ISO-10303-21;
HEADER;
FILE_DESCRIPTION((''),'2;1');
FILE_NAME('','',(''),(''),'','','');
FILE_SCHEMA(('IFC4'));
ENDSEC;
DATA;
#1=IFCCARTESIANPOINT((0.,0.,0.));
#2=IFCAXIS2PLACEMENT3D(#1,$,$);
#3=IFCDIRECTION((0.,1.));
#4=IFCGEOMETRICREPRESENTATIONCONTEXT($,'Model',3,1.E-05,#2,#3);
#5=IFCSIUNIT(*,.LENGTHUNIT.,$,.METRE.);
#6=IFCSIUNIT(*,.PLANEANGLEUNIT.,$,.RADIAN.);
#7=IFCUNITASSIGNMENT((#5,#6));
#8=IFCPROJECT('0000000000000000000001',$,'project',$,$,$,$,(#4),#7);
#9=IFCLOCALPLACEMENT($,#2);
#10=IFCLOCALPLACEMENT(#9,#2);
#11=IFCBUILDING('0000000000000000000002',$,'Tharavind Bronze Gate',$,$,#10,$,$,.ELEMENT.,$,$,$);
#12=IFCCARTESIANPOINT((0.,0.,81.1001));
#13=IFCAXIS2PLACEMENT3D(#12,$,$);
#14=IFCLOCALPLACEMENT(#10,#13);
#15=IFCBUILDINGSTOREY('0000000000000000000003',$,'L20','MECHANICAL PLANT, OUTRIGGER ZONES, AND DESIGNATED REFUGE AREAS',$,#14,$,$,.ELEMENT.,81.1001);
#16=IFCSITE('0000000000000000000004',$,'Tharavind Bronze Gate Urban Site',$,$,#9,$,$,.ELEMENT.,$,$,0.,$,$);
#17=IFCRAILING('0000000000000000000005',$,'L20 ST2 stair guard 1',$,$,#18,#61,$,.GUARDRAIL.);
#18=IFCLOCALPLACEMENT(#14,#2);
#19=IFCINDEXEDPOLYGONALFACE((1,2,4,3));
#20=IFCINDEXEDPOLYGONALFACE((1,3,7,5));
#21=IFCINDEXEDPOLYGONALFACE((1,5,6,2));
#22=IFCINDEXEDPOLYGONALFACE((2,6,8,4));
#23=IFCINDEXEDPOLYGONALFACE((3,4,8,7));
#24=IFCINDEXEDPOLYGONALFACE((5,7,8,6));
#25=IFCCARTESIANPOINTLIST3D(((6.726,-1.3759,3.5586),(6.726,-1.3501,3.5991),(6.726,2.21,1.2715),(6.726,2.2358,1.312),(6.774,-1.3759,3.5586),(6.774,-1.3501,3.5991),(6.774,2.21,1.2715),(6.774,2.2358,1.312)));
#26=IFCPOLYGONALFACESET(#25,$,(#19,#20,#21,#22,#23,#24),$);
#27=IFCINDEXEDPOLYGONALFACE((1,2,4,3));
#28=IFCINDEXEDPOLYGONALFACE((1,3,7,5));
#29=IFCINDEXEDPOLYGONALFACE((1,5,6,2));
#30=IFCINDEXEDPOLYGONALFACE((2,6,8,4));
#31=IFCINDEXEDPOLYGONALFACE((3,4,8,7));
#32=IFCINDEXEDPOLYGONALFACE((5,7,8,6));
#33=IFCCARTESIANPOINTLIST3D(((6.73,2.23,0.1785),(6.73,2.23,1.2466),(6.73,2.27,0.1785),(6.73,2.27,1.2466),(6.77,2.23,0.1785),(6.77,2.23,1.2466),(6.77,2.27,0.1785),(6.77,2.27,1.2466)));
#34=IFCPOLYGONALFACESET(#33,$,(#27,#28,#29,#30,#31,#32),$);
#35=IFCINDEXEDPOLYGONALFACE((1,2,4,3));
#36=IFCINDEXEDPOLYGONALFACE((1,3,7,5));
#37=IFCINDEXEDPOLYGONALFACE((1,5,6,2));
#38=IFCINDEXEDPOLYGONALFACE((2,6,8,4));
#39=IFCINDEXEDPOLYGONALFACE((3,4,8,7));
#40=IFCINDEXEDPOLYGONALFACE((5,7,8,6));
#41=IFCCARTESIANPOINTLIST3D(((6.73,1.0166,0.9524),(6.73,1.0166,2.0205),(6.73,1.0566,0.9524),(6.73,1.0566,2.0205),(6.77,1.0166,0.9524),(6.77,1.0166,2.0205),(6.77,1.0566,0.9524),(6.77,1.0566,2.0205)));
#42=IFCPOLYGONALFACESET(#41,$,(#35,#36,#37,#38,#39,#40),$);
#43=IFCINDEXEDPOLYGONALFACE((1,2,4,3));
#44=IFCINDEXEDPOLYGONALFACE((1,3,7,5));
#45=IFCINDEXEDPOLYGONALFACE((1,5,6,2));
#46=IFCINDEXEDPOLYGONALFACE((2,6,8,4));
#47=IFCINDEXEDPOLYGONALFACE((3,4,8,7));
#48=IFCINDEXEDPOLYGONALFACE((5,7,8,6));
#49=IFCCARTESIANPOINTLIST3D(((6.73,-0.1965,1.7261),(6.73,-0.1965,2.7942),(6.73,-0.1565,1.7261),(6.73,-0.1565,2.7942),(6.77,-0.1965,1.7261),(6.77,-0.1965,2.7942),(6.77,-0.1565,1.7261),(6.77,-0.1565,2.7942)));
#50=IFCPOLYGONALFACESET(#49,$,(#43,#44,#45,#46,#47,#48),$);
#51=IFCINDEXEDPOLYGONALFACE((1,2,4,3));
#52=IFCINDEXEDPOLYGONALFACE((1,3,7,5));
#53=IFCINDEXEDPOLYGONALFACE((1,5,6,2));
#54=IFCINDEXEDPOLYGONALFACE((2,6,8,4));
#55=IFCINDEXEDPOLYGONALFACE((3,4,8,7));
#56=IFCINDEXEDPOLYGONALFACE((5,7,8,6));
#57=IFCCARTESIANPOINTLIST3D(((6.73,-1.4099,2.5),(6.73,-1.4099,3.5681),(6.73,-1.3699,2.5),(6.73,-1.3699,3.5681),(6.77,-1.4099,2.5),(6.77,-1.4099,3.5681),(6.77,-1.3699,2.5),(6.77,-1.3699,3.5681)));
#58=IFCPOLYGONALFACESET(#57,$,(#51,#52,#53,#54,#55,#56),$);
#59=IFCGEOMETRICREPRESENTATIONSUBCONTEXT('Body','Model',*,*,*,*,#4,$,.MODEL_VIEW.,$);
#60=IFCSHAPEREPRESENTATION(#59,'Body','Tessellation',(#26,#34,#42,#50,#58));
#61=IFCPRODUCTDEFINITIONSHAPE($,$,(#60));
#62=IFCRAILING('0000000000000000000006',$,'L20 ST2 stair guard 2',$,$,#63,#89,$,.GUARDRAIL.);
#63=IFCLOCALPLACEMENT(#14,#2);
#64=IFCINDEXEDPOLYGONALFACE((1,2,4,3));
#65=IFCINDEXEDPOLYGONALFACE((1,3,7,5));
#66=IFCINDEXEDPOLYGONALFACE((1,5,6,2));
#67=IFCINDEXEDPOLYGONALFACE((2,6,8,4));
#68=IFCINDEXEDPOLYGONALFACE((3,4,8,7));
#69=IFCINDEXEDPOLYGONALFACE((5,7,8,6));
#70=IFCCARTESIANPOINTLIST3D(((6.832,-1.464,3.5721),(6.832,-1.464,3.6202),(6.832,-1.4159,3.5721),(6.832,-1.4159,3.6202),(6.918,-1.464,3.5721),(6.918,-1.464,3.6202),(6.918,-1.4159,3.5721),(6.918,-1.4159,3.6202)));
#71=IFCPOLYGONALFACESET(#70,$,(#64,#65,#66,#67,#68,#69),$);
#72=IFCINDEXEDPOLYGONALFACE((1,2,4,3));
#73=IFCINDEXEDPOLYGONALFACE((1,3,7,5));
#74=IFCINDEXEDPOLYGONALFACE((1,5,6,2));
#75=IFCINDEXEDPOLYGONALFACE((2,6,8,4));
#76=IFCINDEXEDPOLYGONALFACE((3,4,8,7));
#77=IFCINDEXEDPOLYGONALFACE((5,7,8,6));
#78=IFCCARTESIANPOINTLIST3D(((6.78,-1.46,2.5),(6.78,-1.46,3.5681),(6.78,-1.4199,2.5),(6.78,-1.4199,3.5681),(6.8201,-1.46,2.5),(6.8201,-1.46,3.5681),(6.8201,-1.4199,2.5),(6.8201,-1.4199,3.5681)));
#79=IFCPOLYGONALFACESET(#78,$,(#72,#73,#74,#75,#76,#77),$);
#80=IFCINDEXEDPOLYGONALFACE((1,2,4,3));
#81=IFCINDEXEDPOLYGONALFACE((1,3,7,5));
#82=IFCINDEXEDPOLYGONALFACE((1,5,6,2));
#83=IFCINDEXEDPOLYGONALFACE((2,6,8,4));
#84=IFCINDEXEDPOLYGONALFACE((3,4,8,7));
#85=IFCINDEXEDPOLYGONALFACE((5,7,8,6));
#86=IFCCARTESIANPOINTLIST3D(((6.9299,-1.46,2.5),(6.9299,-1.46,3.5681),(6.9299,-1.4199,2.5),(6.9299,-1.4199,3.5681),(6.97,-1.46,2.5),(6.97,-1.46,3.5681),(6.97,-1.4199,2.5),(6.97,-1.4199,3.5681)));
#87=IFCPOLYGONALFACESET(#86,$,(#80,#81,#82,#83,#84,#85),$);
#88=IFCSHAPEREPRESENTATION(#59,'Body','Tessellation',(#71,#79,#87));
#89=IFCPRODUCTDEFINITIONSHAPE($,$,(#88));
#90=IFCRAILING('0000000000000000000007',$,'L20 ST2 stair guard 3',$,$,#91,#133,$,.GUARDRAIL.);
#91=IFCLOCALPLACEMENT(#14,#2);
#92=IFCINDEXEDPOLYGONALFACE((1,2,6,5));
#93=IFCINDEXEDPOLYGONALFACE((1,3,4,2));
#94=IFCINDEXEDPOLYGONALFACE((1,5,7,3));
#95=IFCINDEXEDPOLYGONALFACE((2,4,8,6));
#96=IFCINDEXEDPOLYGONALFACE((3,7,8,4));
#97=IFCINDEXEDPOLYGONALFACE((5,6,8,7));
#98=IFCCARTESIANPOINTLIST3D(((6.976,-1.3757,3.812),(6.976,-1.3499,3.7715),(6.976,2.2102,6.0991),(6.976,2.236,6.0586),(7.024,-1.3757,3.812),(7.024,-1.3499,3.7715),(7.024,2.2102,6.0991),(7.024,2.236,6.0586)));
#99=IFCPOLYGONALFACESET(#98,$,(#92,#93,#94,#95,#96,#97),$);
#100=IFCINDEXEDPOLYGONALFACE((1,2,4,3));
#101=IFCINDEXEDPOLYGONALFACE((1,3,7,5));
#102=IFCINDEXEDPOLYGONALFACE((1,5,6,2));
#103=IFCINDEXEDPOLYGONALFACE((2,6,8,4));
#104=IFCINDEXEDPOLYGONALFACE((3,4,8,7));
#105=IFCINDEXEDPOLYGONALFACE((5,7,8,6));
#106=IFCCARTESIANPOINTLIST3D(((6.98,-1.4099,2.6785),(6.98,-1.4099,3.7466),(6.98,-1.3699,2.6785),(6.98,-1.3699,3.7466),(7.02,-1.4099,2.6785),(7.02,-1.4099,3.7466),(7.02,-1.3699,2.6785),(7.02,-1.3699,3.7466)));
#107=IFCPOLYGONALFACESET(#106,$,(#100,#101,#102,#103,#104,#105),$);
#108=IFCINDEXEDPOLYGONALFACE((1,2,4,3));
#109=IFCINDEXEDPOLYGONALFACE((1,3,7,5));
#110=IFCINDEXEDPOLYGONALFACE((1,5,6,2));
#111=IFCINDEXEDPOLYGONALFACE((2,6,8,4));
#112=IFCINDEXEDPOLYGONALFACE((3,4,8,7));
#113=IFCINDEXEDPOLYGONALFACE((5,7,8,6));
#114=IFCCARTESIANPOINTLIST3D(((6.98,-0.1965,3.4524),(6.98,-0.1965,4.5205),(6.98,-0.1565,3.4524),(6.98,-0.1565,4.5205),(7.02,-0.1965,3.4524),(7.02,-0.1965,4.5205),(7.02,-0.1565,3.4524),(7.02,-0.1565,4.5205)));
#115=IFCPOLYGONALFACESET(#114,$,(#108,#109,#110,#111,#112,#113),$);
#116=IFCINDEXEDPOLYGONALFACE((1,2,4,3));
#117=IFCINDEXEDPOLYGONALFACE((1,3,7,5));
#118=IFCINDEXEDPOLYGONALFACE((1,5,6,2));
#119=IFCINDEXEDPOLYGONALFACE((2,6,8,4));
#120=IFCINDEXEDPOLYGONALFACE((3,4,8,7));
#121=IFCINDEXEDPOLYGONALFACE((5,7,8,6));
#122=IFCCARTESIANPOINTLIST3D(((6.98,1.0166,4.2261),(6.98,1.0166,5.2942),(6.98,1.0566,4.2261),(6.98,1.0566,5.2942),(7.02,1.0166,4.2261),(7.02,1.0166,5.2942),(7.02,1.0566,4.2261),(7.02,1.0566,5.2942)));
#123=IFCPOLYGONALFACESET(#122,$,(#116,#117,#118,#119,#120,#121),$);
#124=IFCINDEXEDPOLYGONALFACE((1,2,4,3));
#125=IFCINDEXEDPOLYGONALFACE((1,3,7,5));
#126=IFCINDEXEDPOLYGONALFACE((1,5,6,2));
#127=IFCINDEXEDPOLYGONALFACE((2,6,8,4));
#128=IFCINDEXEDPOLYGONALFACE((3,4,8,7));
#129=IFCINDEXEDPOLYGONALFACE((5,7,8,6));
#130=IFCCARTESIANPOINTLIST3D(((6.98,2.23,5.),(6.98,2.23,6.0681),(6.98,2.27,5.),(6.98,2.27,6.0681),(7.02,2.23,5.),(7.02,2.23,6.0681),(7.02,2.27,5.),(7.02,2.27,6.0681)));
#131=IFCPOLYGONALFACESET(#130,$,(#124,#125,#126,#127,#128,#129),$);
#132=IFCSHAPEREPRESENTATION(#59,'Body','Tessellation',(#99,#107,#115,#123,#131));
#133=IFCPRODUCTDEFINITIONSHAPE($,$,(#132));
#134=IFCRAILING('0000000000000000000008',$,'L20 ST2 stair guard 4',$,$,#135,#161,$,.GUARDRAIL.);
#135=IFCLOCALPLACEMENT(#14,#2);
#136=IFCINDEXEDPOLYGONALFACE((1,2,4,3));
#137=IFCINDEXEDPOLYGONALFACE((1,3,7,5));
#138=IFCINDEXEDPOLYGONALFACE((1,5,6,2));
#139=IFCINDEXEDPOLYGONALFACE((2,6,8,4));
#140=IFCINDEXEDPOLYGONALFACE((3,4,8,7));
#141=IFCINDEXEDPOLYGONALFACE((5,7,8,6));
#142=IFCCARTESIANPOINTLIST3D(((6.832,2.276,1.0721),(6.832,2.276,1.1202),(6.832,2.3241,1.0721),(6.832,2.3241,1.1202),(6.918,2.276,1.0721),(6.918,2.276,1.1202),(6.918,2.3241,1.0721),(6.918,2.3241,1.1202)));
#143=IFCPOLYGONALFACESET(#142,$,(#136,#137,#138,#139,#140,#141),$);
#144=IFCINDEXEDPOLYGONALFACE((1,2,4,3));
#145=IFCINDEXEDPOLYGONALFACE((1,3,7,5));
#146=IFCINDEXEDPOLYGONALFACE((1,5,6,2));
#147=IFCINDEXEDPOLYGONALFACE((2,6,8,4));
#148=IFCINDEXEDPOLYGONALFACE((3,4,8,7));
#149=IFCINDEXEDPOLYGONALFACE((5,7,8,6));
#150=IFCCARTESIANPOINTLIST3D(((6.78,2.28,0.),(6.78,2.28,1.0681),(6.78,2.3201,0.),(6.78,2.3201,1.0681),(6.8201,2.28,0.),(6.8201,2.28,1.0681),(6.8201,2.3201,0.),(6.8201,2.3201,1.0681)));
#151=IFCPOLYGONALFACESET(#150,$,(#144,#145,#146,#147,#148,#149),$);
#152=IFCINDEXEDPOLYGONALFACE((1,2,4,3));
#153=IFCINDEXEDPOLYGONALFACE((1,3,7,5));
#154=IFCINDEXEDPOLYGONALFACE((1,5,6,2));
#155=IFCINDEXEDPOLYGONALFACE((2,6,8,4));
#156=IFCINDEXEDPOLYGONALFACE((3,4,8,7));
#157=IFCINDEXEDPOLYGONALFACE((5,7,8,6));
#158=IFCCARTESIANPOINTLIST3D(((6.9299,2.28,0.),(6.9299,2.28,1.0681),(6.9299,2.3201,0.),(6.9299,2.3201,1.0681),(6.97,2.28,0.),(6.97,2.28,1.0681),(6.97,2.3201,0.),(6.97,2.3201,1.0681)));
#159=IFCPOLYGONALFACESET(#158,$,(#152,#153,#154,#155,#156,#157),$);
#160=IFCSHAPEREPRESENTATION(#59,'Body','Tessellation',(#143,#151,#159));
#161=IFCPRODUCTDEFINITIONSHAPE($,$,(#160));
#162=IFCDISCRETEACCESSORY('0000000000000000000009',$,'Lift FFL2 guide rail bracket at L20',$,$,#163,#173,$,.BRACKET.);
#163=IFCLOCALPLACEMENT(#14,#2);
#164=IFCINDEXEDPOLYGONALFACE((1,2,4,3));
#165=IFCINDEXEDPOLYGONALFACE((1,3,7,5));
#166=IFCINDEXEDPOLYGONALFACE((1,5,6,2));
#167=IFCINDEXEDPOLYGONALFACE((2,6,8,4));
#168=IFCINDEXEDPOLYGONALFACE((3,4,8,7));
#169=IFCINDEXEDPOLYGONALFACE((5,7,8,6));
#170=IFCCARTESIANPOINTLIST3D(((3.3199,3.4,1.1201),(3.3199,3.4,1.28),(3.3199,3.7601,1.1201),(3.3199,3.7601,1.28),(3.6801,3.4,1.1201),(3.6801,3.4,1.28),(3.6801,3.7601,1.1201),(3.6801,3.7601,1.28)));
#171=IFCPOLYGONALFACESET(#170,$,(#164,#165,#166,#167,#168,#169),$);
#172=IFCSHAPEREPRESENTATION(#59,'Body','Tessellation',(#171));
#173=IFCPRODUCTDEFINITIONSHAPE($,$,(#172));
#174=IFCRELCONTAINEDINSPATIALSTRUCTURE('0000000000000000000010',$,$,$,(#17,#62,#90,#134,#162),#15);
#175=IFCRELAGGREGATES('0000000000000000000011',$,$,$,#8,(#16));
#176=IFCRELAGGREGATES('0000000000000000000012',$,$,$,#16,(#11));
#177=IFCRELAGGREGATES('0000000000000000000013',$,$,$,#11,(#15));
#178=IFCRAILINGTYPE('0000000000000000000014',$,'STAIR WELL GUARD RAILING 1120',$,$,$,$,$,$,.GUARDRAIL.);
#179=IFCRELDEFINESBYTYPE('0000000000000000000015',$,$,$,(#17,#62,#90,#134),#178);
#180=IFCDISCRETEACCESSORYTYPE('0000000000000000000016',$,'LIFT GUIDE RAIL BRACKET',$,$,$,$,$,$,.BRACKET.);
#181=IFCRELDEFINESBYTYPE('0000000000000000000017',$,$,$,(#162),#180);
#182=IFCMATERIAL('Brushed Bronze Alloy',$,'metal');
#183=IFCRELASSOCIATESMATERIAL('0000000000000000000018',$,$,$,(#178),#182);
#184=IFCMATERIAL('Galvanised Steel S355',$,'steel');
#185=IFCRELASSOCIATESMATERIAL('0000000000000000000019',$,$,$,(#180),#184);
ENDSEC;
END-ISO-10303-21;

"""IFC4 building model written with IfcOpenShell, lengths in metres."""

from ifc_helpers import new_model, si_unit, direction, frame, origin, origin_2d, place, context, subcontext, project, spatial, rectangle, extrude, material, type_object, element, save


model = new_model("IFC4")

# Units and contexts
model_context = context("Model", 3, precision=1e-05, world=origin(), true_north=direction((0.0, 1.0)))
body_context = subcontext(model_context, "Body", "Model", "MODEL_VIEW")
ifc_project = project(units=[si_unit("LENGTHUNIT", "METRE"), si_unit("PLANEANGLEUNIT", "RADIAN")], contexts=[model_context])

# Site, building, storey
site_placement = place(None, origin())
site = spatial("IfcSite", under=ifc_project, at=site_placement, Name="Tharavind Bronze Gate Urban Site", CompositionType="ELEMENT", RefElevation=0.0)
building_placement = place(site_placement, origin())
building = spatial("IfcBuilding", under=site, at=building_placement, Name="Tharavind Bronze Gate", CompositionType="ELEMENT")
storey_placement = place(building_placement, frame((0.0, 0.0, 81.1001)))
storey = spatial("IfcBuildingStorey", under=building, at=storey_placement, Name="L20", Description="MECHANICAL PLANT, OUTRIGGER ZONES, AND DESIGNATED REFUGE AREAS", CompositionType="ELEMENT", Elevation=81.1001)

# Railings
ifc_material_1 = material(Name="Brushed Bronze Alloy", Category="metal")
railing_type_1 = type_object("IfcRailingType", Name="STAIR WELL GUARD RAILING 1120", PredefinedType="GUARDRAIL", material=ifc_material_1)
railing_1_placement = place(storey_placement, frame((6.75, 2.25, 0.1785)))
element("IfcRailing", 1, at=railing_1_placement, inside=storey, type_object=railing_type_1, Name="L20 ST2 stair guard 1", PredefinedType="GUARDRAIL", context=body_context, shape_type="SweptSolid", body=[
    extrude(rectangle(XDim=0.0481, YDim=0.0481, at=origin_2d()), frame((0.0, -0.0271, 1.1133), z_axis=(0.0, -0.843112, 0.537739), x_axis=(1.0, 0.0, 0.0)), (0.0, 0.0, 1.0), 4.2532),
    extrude(rectangle(XDim=0.04, YDim=0.04, at=origin_2d()), origin(), (0.0, 0.0, 1.0), 1.0681),
    extrude(rectangle(XDim=0.04, YDim=0.04, at=origin_2d()), frame((0.0, -1.2134, 0.7739)), (0.0, 0.0, 1.0), 1.0681),
    extrude(rectangle(XDim=0.04, YDim=0.04, at=origin_2d()), frame((0.0, -2.4265, 1.5476)), (0.0, 0.0, 1.0), 1.0681),
    extrude(rectangle(XDim=0.04, YDim=0.04, at=origin_2d()), frame((0.0, -3.6399, 2.3215)), (0.0, 0.0, 1.0), 1.0681),
])
railing_2_placement = place(storey_placement, frame((6.8, -1.4399, 2.5)))
element("IfcRailing", 2, at=railing_2_placement, inside=storey, type_object=railing_type_1, Name="L20 ST2 stair guard 2", PredefinedType="GUARDRAIL", context=body_context, shape_type="SweptSolid", body=[
    extrude(rectangle(XDim=0.0481, YDim=0.0481, at=origin_2d()), frame((0.032, 0.0, 1.0962), z_axis=(1.0, 0.0, 0.0), x_axis=(0.0, 1.0, 0.0)), (0.0, 0.0, 1.0), 0.0859),
    extrude(rectangle(XDim=0.04, YDim=0.04, at=origin_2d()), origin(), (0.0, 0.0, 1.0), 1.0681),
    extrude(rectangle(XDim=0.04, YDim=0.04, at=origin_2d()), frame((0.1499, 0.0, 0.0)), (0.0, 0.0, 1.0), 1.0681),
])
railing_3_placement = place(storey_placement, frame((7.0, -1.3899, 2.6785)))
element("IfcRailing", 3, at=railing_3_placement, inside=storey, type_object=railing_type_1, Name="L20 ST2 stair guard 3", PredefinedType="GUARDRAIL", context=body_context, shape_type="SweptSolid", body=[
    extrude(rectangle(XDim=0.0481, YDim=0.0481, at=origin_2d()), frame((0.0, 0.0271, 1.1133), z_axis=(0.0, 0.843112, 0.537739), x_axis=(-1.0, 0.0, 0.0)), (0.0, 0.0, 1.0), 4.2532),
    extrude(rectangle(XDim=0.04, YDim=0.04, at=origin_2d()), origin(), (0.0, 0.0, 1.0), 1.0681),
    extrude(rectangle(XDim=0.04, YDim=0.04, at=origin_2d()), frame((0.0, 1.2134, 0.7739)), (0.0, 0.0, 1.0), 1.0681),
    extrude(rectangle(XDim=0.04, YDim=0.04, at=origin_2d()), frame((0.0, 2.4265, 1.5476)), (0.0, 0.0, 1.0), 1.0681),
    extrude(rectangle(XDim=0.04, YDim=0.04, at=origin_2d()), frame((0.0, 3.6399, 2.3215)), (0.0, 0.0, 1.0), 1.0681),
])
railing_4_placement = place(storey_placement, frame((6.8, 2.3, 0.0)))
element("IfcRailing", 4, at=railing_4_placement, inside=storey, type_object=railing_type_1, Name="L20 ST2 stair guard 4", PredefinedType="GUARDRAIL", context=body_context, shape_type="SweptSolid", body=[
    extrude(rectangle(XDim=0.0481, YDim=0.0481, at=origin_2d()), frame((0.032, 0.0, 1.0962), z_axis=(1.0, 0.0, 0.0), x_axis=(0.0, 1.0, 0.0)), (0.0, 0.0, 1.0), 0.0859),
    extrude(rectangle(XDim=0.04, YDim=0.04, at=origin_2d()), origin(), (0.0, 0.0, 1.0), 1.0681),
    extrude(rectangle(XDim=0.04, YDim=0.04, at=origin_2d()), frame((0.1499, 0.0, 0.0)), (0.0, 0.0, 1.0), 1.0681),
])

# Discrete accessory
ifc_material_2 = material(Name="Galvanised Steel S355", Category="steel")
discrete_accessory_type = type_object("IfcDiscreteAccessoryType", Name="LIFT GUIDE RAIL BRACKET", PredefinedType="BRACKET", material=ifc_material_2)
discrete_accessory_placement = place(storey_placement, frame((3.5, 3.5801, 1.1201), z_axis=(0.0, 0.0, 1.0), x_axis=(1.0, 0.0, 0.0)))
element("IfcDiscreteAccessory", 5, at=discrete_accessory_placement, inside=storey, type_object=discrete_accessory_type, Name="Lift FFL2 guide rail bracket at L20", PredefinedType="BRACKET", context=body_context, shape_type="SweptSolid", body=[
    extrude(rectangle(XDim=0.3601, YDim=0.3601, at=origin_2d()), origin(), (0.0, 0.0, 1.0), 0.1599),
])

save(model, "model.ifc")
